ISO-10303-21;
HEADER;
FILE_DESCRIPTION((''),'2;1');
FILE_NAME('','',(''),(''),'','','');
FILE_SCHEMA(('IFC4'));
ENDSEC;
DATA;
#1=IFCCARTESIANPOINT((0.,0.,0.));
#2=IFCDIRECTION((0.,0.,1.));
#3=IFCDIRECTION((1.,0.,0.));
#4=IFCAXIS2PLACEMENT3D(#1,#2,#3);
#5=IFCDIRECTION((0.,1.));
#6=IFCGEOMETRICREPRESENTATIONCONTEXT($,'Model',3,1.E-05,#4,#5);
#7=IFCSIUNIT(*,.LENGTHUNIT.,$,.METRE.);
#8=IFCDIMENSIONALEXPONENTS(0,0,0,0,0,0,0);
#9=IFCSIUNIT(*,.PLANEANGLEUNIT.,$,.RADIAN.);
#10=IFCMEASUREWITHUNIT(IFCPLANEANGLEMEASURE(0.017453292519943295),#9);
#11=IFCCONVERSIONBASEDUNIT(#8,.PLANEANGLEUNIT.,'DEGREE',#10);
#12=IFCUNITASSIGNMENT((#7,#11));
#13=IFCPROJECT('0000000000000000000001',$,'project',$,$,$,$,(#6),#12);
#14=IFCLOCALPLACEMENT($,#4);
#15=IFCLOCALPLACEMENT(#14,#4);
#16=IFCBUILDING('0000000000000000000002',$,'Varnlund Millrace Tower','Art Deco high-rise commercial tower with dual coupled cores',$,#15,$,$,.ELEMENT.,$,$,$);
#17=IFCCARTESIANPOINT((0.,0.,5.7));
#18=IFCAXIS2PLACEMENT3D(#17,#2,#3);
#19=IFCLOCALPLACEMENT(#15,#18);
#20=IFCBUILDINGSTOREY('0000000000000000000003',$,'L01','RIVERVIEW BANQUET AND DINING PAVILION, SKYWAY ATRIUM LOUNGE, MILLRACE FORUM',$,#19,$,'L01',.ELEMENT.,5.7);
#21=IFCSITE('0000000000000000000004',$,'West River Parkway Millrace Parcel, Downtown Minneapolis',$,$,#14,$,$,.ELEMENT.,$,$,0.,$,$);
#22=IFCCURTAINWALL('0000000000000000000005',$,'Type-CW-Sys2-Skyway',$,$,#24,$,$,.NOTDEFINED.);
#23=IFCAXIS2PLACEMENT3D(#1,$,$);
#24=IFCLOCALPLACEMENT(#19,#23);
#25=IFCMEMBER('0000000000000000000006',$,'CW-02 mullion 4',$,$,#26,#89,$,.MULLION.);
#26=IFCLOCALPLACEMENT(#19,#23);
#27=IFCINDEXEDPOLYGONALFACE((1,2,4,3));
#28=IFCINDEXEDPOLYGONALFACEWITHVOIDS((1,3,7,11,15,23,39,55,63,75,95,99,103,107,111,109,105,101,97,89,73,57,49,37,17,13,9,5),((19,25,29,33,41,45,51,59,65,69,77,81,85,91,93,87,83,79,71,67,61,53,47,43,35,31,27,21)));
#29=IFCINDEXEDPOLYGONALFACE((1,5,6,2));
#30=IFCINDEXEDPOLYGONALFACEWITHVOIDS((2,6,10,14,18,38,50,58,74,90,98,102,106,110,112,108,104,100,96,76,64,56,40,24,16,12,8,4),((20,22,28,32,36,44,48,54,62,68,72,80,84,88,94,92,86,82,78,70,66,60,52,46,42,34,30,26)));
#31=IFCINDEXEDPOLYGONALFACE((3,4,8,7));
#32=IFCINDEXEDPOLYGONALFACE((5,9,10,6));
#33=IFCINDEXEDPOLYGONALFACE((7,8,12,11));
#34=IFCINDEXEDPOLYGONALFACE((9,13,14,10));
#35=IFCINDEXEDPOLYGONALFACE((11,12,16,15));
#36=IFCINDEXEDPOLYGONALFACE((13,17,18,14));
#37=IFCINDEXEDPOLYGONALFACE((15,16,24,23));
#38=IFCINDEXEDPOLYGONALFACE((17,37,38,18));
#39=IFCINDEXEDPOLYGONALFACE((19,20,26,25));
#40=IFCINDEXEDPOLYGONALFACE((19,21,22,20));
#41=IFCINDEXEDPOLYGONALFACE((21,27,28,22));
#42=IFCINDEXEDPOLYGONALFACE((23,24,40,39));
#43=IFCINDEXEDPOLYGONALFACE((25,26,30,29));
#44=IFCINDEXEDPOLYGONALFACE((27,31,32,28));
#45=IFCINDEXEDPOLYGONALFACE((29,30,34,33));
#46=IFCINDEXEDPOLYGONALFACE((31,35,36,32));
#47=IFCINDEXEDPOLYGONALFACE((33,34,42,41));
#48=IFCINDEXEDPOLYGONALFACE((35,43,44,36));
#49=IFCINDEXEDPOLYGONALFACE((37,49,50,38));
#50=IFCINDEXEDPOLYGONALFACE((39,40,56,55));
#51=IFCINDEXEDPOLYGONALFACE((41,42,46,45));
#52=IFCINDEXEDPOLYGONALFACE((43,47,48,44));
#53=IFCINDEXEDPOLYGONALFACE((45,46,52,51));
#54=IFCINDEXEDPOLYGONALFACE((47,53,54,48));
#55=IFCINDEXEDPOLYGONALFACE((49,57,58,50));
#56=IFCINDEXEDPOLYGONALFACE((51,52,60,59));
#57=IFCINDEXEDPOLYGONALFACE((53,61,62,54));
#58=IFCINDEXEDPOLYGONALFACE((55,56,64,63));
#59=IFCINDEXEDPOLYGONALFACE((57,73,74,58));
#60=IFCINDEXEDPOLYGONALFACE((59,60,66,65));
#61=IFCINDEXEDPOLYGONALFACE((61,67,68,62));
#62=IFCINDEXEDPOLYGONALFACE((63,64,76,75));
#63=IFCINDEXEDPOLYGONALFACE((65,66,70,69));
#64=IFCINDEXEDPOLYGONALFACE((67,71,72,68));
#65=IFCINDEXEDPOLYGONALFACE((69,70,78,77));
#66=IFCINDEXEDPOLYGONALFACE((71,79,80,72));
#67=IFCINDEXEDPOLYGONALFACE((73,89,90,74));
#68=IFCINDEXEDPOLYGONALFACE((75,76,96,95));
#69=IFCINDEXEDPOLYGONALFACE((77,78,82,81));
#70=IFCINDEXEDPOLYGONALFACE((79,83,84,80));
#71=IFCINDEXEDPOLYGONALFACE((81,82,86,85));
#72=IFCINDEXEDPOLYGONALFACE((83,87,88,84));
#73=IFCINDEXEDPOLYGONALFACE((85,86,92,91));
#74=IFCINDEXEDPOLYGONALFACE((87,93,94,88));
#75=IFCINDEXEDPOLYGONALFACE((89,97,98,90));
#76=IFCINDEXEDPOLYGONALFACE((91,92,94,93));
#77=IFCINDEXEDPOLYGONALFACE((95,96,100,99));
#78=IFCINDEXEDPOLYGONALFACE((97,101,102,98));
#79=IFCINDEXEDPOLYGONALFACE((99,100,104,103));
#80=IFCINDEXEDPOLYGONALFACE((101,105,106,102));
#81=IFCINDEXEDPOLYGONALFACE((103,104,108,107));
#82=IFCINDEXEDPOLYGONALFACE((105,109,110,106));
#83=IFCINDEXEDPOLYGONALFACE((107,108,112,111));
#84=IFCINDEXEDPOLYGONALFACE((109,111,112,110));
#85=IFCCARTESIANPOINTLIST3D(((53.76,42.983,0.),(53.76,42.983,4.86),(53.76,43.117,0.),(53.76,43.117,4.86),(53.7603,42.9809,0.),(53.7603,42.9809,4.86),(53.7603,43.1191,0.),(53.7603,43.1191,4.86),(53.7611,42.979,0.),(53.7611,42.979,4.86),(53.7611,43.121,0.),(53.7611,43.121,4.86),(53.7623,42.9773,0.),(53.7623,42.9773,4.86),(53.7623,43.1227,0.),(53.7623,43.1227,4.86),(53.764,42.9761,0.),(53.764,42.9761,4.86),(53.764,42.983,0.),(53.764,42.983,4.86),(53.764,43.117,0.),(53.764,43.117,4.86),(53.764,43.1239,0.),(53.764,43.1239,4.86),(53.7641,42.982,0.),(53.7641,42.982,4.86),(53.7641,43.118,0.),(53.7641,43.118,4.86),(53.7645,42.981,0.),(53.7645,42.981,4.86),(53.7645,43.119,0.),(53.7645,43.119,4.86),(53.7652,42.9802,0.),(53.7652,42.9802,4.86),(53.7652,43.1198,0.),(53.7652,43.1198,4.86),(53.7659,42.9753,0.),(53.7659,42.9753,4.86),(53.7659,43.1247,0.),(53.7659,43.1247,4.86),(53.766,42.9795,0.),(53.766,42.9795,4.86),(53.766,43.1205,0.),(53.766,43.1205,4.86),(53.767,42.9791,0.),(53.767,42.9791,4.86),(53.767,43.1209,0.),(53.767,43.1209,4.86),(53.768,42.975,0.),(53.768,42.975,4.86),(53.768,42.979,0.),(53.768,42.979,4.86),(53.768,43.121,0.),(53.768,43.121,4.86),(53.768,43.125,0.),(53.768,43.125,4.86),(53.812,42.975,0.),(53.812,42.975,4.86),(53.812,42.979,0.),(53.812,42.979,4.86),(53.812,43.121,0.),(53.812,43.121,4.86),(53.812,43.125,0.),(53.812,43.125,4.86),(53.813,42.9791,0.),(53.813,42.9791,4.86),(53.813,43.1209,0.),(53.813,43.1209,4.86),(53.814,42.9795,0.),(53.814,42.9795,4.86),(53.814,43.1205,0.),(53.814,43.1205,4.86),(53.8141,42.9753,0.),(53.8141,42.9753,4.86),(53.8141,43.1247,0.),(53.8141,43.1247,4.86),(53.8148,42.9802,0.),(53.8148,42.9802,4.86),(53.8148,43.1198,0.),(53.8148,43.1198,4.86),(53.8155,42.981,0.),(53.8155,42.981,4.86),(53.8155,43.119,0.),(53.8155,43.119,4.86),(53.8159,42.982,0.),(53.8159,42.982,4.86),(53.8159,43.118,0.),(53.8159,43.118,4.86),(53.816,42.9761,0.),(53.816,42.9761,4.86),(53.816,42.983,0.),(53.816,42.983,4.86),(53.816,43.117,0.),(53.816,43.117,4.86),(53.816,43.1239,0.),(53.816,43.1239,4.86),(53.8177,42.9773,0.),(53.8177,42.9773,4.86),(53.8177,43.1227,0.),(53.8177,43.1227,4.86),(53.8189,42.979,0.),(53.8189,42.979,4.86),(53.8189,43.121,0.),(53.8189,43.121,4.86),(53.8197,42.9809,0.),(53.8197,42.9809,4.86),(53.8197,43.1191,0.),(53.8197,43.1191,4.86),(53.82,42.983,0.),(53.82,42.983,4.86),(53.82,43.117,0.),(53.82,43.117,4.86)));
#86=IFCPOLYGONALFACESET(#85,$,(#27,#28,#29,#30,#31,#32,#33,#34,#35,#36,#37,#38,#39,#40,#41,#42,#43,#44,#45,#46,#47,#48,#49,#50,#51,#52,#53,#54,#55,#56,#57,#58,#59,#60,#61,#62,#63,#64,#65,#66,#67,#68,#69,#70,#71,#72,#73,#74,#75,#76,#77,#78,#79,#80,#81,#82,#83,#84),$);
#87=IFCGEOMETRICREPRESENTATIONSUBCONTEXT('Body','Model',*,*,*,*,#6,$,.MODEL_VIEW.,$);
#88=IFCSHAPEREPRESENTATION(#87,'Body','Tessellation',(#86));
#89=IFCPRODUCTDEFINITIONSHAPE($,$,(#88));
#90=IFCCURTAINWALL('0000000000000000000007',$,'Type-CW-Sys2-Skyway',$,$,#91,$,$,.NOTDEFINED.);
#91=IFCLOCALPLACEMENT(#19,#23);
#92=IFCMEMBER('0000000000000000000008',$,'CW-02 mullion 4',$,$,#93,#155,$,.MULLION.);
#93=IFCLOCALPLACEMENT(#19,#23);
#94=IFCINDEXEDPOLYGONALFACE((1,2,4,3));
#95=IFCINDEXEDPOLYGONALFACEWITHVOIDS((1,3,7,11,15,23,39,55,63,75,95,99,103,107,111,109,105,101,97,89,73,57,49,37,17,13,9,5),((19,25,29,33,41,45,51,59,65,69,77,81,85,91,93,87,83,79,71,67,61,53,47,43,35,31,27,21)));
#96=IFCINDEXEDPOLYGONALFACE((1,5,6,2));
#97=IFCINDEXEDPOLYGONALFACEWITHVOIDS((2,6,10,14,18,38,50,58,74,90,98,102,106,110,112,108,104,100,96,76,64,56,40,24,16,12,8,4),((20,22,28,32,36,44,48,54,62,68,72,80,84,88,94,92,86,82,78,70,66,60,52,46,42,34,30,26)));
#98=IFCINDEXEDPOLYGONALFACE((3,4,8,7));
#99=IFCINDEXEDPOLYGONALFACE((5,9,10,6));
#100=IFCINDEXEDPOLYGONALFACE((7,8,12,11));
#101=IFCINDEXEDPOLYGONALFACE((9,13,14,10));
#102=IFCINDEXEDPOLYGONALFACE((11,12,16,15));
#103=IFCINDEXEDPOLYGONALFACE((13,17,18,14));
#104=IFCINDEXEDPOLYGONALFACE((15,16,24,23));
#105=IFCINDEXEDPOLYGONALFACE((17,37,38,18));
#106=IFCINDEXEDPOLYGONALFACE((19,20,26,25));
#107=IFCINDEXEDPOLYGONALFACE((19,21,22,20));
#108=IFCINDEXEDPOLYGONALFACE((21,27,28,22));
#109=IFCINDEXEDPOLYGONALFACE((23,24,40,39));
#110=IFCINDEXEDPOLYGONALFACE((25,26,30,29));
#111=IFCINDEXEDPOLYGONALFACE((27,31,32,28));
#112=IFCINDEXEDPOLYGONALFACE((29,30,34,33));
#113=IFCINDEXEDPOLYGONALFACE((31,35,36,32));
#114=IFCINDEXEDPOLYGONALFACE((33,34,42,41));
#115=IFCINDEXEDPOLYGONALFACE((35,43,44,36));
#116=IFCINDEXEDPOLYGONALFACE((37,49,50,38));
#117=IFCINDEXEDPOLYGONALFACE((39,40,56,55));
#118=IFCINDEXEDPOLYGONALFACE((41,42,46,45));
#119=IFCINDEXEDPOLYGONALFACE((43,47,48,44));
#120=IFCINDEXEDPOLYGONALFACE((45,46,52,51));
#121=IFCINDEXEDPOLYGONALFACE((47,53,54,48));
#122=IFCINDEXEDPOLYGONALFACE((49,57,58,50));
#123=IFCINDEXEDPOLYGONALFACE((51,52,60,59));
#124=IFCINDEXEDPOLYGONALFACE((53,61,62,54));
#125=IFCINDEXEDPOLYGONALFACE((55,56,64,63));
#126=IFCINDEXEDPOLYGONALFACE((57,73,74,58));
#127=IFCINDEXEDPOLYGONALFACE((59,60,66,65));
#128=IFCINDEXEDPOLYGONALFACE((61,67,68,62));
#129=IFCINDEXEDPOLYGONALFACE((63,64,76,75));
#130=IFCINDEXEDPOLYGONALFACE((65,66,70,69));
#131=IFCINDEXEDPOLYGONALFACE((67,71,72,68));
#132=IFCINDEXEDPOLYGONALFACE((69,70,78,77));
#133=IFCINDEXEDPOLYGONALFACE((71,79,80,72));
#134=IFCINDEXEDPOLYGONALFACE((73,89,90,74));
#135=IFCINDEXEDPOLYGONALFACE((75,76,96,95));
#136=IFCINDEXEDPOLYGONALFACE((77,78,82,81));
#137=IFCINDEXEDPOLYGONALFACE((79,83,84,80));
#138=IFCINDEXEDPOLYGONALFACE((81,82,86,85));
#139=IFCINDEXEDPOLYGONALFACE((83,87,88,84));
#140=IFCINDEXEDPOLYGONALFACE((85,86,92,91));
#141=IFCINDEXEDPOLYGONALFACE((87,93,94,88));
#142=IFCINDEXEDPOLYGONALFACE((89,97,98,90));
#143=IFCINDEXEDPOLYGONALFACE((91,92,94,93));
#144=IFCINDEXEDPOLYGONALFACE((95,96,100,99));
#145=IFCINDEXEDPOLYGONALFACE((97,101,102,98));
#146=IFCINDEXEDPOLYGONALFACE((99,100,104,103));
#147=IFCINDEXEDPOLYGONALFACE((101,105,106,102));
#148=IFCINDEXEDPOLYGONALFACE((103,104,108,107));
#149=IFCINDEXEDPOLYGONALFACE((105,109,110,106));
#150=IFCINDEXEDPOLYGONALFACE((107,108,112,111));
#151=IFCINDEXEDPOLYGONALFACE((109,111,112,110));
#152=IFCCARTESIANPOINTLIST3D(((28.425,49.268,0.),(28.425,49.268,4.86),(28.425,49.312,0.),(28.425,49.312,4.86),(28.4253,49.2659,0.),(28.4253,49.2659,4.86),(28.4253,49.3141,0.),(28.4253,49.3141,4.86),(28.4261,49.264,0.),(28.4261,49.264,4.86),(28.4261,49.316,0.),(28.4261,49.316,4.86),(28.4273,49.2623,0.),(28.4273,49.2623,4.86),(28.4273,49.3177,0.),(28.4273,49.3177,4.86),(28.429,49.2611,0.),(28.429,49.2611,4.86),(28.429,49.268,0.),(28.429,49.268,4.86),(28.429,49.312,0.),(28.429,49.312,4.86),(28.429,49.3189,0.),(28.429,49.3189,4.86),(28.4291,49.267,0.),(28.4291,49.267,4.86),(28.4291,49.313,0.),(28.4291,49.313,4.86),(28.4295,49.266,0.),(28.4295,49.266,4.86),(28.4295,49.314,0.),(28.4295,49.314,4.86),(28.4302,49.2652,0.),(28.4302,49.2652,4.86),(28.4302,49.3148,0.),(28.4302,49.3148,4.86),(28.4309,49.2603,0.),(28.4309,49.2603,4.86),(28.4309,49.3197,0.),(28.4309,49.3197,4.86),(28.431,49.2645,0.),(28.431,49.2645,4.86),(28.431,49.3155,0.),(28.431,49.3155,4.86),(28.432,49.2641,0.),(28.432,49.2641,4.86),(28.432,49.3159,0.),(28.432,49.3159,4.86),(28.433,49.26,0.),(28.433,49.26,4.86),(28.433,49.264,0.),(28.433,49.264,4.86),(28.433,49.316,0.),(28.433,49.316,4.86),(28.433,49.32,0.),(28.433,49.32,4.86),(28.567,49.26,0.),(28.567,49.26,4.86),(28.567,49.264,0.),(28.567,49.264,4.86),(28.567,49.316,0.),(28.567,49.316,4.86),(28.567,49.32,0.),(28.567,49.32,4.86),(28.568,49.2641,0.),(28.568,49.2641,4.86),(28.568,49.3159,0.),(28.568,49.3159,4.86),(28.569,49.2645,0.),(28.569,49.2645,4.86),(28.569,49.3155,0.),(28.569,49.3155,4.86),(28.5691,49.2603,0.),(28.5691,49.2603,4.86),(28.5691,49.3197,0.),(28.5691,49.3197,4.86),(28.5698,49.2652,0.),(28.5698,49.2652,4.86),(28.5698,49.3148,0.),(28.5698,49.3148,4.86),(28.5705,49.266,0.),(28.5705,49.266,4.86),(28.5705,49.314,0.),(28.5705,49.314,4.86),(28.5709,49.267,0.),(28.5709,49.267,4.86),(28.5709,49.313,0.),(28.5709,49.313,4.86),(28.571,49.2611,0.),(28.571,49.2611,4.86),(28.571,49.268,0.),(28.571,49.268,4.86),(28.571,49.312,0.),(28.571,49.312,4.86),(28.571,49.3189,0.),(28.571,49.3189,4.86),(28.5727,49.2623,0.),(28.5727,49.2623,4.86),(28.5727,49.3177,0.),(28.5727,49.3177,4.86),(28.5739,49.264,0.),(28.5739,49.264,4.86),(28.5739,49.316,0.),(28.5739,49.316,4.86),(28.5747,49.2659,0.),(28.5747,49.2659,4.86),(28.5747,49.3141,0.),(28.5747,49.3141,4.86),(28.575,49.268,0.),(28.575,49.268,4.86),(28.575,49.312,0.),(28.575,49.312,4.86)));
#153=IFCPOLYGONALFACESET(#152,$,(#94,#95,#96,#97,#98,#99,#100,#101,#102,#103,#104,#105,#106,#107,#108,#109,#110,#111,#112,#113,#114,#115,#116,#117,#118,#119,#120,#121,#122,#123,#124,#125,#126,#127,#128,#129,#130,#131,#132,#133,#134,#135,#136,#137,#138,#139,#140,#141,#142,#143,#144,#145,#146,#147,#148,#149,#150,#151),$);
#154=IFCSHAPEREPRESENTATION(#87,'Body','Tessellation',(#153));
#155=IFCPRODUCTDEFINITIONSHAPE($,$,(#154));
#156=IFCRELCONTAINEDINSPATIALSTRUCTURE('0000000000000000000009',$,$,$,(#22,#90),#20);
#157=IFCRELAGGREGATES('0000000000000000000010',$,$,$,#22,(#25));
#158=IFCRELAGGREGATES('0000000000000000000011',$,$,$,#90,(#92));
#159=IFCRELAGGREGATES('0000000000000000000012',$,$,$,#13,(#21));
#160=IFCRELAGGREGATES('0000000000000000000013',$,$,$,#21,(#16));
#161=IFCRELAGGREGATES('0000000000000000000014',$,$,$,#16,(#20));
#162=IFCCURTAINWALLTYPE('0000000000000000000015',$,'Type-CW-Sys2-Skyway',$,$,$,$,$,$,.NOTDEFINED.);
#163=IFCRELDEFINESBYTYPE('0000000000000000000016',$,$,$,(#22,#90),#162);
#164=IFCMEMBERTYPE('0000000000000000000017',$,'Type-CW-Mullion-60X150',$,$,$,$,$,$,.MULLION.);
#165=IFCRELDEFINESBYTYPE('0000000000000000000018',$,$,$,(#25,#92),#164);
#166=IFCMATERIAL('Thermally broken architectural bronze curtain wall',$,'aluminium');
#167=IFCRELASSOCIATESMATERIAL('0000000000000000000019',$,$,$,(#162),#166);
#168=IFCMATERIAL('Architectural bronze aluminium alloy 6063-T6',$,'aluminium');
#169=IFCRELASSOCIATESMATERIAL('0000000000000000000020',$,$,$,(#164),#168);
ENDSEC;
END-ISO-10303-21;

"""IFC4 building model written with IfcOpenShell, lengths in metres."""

from ifc_helpers import new_model, entity, si_unit, converted_unit, direction, frame, origin_with_axes, origin_2d_with_axis, place, context, subcontext, project, spatial, hollow_rectangle, extrude, material, material_profile, profile_set, type_object, element, aggregate, save


model = new_model("IFC4")

# Units and contexts
model_context = context("Model", 3, precision=1e-05, world=origin_with_axes(), true_north=direction((0.0, 1.0)))
body_context = subcontext(model_context, "Body", "Model", "MODEL_VIEW")
ifc_project = project(units=[si_unit("LENGTHUNIT", "METRE"), converted_unit("PLANEANGLEUNIT", "DEGREE", entity("IfcPlaneAngleMeasure", 0.017453292519943295), si_unit("PLANEANGLEUNIT", "RADIAN"), dimensions=[0, 0, 0, 0, 0, 0, 0])], contexts=[model_context])

# Site, building, storey
site_placement = place(None, origin_with_axes())
site = spatial("IfcSite", under=ifc_project, at=site_placement, Name="West River Parkway Millrace Parcel, Downtown Minneapolis", CompositionType="ELEMENT", RefElevation=0.0)
building_placement = place(site_placement, origin_with_axes())
building = spatial("IfcBuilding", under=site, at=building_placement, Name="Varnlund Millrace Tower", Description="Art Deco high-rise commercial tower with dual coupled cores", CompositionType="ELEMENT")
storey_placement = place(building_placement, frame((0.0, 0.0, 5.7), z_axis=(0.0, 0.0, 1.0), x_axis=(1.0, 0.0, 0.0)))
storey = spatial("IfcBuildingStorey", under=building, at=storey_placement, Name="L01", Description="RIVERVIEW BANQUET AND DINING PAVILION, SKYWAY ATRIUM LOUNGE, MILLRACE FORUM", LongName="L01", CompositionType="ELEMENT", Elevation=5.7)

# Curtain walls, members
ifc_material_1 = material(Name="Thermally broken architectural bronze curtain wall", Category="aluminium")
curtain_wall_type = type_object("IfcCurtainWallType", Name="Type-CW-Sys2-Skyway", PredefinedType="NOTDEFINED", material=ifc_material_1)
curtain_wall_1_placement = place(storey_placement, frame((53.79, 47.55, 0.0), z_axis=(0.0, 0.0, 1.0), x_axis=(1.0, 0.0, 0.0)))
curtain_wall_1 = element("IfcCurtainWall", 1, at=curtain_wall_1_placement, inside=storey, type_object=curtain_wall_type, Name="Type-CW-Sys2-Skyway", PredefinedType="NOTDEFINED")
ifc_material_2 = material(Name="Architectural bronze aluminium alloy 6063-T6", Category="aluminium")
ifc_material_profile_1 = material_profile(ifc_material_2, hollow_rectangle(XDim=0.06, YDim=0.15, WallThickness=0.004, InnerFilletRadius=0.004, OuterFilletRadius=0.008, at=origin_2d_with_axis()), Name="Architectural bronze aluminium alloy 6063-T6")
ifc_profile_set_1 = profile_set([ifc_material_profile_1], Name="Architectural bronze aluminium alloy 6063-T6")
member_type_1 = type_object("IfcMemberType", Name="Type-CW-Mullion-60X150", PredefinedType="MULLION", material=ifc_profile_set_1)
member_1_placement = place(storey_placement, frame((53.79, 43.05, 0.0), z_axis=(0.0, 0.0, 1.0), x_axis=(1.0, 0.0, 0.0)))
member_1 = element("IfcMember", 2, at=member_1_placement, type_object=member_type_1, Name="CW-02 mullion 4", PredefinedType="MULLION", context=body_context, shape_type="SweptSolid", body=[
    extrude(hollow_rectangle(XDim=0.06, YDim=0.15, WallThickness=0.004, InnerFilletRadius=0.004, OuterFilletRadius=0.008, at=origin_2d_with_axis()), origin_with_axes(), (0.0, 0.0, 1.0), 4.86),
])
curtain_wall_2_placement = place(storey_placement, frame((24.0, 49.29, 0.0), z_axis=(0.0, 0.0, 1.0), x_axis=(1.0, 0.0, 0.0)))
curtain_wall_2 = element("IfcCurtainWall", 3, at=curtain_wall_2_placement, inside=storey, type_object=curtain_wall_type, Name="Type-CW-Sys2-Skyway", PredefinedType="NOTDEFINED")
member_2_placement = place(storey_placement, frame((28.5, 49.29, 0.0), z_axis=(0.0, 0.0, 1.0), x_axis=(0.0, 1.0, 0.0)))
member_2 = element("IfcMember", 4, at=member_2_placement, type_object=member_type_1, Name="CW-02 mullion 4", PredefinedType="MULLION", context=body_context, shape_type="SweptSolid", body=[
    extrude(hollow_rectangle(XDim=0.06, YDim=0.15, WallThickness=0.004, InnerFilletRadius=0.004, OuterFilletRadius=0.008, at=origin_2d_with_axis()), origin_with_axes(), (0.0, 0.0, 1.0), 4.86),
])

aggregate(curtain_wall_1, [member_1])
aggregate(curtain_wall_2, [member_2])

save(model, "model.ifc")
